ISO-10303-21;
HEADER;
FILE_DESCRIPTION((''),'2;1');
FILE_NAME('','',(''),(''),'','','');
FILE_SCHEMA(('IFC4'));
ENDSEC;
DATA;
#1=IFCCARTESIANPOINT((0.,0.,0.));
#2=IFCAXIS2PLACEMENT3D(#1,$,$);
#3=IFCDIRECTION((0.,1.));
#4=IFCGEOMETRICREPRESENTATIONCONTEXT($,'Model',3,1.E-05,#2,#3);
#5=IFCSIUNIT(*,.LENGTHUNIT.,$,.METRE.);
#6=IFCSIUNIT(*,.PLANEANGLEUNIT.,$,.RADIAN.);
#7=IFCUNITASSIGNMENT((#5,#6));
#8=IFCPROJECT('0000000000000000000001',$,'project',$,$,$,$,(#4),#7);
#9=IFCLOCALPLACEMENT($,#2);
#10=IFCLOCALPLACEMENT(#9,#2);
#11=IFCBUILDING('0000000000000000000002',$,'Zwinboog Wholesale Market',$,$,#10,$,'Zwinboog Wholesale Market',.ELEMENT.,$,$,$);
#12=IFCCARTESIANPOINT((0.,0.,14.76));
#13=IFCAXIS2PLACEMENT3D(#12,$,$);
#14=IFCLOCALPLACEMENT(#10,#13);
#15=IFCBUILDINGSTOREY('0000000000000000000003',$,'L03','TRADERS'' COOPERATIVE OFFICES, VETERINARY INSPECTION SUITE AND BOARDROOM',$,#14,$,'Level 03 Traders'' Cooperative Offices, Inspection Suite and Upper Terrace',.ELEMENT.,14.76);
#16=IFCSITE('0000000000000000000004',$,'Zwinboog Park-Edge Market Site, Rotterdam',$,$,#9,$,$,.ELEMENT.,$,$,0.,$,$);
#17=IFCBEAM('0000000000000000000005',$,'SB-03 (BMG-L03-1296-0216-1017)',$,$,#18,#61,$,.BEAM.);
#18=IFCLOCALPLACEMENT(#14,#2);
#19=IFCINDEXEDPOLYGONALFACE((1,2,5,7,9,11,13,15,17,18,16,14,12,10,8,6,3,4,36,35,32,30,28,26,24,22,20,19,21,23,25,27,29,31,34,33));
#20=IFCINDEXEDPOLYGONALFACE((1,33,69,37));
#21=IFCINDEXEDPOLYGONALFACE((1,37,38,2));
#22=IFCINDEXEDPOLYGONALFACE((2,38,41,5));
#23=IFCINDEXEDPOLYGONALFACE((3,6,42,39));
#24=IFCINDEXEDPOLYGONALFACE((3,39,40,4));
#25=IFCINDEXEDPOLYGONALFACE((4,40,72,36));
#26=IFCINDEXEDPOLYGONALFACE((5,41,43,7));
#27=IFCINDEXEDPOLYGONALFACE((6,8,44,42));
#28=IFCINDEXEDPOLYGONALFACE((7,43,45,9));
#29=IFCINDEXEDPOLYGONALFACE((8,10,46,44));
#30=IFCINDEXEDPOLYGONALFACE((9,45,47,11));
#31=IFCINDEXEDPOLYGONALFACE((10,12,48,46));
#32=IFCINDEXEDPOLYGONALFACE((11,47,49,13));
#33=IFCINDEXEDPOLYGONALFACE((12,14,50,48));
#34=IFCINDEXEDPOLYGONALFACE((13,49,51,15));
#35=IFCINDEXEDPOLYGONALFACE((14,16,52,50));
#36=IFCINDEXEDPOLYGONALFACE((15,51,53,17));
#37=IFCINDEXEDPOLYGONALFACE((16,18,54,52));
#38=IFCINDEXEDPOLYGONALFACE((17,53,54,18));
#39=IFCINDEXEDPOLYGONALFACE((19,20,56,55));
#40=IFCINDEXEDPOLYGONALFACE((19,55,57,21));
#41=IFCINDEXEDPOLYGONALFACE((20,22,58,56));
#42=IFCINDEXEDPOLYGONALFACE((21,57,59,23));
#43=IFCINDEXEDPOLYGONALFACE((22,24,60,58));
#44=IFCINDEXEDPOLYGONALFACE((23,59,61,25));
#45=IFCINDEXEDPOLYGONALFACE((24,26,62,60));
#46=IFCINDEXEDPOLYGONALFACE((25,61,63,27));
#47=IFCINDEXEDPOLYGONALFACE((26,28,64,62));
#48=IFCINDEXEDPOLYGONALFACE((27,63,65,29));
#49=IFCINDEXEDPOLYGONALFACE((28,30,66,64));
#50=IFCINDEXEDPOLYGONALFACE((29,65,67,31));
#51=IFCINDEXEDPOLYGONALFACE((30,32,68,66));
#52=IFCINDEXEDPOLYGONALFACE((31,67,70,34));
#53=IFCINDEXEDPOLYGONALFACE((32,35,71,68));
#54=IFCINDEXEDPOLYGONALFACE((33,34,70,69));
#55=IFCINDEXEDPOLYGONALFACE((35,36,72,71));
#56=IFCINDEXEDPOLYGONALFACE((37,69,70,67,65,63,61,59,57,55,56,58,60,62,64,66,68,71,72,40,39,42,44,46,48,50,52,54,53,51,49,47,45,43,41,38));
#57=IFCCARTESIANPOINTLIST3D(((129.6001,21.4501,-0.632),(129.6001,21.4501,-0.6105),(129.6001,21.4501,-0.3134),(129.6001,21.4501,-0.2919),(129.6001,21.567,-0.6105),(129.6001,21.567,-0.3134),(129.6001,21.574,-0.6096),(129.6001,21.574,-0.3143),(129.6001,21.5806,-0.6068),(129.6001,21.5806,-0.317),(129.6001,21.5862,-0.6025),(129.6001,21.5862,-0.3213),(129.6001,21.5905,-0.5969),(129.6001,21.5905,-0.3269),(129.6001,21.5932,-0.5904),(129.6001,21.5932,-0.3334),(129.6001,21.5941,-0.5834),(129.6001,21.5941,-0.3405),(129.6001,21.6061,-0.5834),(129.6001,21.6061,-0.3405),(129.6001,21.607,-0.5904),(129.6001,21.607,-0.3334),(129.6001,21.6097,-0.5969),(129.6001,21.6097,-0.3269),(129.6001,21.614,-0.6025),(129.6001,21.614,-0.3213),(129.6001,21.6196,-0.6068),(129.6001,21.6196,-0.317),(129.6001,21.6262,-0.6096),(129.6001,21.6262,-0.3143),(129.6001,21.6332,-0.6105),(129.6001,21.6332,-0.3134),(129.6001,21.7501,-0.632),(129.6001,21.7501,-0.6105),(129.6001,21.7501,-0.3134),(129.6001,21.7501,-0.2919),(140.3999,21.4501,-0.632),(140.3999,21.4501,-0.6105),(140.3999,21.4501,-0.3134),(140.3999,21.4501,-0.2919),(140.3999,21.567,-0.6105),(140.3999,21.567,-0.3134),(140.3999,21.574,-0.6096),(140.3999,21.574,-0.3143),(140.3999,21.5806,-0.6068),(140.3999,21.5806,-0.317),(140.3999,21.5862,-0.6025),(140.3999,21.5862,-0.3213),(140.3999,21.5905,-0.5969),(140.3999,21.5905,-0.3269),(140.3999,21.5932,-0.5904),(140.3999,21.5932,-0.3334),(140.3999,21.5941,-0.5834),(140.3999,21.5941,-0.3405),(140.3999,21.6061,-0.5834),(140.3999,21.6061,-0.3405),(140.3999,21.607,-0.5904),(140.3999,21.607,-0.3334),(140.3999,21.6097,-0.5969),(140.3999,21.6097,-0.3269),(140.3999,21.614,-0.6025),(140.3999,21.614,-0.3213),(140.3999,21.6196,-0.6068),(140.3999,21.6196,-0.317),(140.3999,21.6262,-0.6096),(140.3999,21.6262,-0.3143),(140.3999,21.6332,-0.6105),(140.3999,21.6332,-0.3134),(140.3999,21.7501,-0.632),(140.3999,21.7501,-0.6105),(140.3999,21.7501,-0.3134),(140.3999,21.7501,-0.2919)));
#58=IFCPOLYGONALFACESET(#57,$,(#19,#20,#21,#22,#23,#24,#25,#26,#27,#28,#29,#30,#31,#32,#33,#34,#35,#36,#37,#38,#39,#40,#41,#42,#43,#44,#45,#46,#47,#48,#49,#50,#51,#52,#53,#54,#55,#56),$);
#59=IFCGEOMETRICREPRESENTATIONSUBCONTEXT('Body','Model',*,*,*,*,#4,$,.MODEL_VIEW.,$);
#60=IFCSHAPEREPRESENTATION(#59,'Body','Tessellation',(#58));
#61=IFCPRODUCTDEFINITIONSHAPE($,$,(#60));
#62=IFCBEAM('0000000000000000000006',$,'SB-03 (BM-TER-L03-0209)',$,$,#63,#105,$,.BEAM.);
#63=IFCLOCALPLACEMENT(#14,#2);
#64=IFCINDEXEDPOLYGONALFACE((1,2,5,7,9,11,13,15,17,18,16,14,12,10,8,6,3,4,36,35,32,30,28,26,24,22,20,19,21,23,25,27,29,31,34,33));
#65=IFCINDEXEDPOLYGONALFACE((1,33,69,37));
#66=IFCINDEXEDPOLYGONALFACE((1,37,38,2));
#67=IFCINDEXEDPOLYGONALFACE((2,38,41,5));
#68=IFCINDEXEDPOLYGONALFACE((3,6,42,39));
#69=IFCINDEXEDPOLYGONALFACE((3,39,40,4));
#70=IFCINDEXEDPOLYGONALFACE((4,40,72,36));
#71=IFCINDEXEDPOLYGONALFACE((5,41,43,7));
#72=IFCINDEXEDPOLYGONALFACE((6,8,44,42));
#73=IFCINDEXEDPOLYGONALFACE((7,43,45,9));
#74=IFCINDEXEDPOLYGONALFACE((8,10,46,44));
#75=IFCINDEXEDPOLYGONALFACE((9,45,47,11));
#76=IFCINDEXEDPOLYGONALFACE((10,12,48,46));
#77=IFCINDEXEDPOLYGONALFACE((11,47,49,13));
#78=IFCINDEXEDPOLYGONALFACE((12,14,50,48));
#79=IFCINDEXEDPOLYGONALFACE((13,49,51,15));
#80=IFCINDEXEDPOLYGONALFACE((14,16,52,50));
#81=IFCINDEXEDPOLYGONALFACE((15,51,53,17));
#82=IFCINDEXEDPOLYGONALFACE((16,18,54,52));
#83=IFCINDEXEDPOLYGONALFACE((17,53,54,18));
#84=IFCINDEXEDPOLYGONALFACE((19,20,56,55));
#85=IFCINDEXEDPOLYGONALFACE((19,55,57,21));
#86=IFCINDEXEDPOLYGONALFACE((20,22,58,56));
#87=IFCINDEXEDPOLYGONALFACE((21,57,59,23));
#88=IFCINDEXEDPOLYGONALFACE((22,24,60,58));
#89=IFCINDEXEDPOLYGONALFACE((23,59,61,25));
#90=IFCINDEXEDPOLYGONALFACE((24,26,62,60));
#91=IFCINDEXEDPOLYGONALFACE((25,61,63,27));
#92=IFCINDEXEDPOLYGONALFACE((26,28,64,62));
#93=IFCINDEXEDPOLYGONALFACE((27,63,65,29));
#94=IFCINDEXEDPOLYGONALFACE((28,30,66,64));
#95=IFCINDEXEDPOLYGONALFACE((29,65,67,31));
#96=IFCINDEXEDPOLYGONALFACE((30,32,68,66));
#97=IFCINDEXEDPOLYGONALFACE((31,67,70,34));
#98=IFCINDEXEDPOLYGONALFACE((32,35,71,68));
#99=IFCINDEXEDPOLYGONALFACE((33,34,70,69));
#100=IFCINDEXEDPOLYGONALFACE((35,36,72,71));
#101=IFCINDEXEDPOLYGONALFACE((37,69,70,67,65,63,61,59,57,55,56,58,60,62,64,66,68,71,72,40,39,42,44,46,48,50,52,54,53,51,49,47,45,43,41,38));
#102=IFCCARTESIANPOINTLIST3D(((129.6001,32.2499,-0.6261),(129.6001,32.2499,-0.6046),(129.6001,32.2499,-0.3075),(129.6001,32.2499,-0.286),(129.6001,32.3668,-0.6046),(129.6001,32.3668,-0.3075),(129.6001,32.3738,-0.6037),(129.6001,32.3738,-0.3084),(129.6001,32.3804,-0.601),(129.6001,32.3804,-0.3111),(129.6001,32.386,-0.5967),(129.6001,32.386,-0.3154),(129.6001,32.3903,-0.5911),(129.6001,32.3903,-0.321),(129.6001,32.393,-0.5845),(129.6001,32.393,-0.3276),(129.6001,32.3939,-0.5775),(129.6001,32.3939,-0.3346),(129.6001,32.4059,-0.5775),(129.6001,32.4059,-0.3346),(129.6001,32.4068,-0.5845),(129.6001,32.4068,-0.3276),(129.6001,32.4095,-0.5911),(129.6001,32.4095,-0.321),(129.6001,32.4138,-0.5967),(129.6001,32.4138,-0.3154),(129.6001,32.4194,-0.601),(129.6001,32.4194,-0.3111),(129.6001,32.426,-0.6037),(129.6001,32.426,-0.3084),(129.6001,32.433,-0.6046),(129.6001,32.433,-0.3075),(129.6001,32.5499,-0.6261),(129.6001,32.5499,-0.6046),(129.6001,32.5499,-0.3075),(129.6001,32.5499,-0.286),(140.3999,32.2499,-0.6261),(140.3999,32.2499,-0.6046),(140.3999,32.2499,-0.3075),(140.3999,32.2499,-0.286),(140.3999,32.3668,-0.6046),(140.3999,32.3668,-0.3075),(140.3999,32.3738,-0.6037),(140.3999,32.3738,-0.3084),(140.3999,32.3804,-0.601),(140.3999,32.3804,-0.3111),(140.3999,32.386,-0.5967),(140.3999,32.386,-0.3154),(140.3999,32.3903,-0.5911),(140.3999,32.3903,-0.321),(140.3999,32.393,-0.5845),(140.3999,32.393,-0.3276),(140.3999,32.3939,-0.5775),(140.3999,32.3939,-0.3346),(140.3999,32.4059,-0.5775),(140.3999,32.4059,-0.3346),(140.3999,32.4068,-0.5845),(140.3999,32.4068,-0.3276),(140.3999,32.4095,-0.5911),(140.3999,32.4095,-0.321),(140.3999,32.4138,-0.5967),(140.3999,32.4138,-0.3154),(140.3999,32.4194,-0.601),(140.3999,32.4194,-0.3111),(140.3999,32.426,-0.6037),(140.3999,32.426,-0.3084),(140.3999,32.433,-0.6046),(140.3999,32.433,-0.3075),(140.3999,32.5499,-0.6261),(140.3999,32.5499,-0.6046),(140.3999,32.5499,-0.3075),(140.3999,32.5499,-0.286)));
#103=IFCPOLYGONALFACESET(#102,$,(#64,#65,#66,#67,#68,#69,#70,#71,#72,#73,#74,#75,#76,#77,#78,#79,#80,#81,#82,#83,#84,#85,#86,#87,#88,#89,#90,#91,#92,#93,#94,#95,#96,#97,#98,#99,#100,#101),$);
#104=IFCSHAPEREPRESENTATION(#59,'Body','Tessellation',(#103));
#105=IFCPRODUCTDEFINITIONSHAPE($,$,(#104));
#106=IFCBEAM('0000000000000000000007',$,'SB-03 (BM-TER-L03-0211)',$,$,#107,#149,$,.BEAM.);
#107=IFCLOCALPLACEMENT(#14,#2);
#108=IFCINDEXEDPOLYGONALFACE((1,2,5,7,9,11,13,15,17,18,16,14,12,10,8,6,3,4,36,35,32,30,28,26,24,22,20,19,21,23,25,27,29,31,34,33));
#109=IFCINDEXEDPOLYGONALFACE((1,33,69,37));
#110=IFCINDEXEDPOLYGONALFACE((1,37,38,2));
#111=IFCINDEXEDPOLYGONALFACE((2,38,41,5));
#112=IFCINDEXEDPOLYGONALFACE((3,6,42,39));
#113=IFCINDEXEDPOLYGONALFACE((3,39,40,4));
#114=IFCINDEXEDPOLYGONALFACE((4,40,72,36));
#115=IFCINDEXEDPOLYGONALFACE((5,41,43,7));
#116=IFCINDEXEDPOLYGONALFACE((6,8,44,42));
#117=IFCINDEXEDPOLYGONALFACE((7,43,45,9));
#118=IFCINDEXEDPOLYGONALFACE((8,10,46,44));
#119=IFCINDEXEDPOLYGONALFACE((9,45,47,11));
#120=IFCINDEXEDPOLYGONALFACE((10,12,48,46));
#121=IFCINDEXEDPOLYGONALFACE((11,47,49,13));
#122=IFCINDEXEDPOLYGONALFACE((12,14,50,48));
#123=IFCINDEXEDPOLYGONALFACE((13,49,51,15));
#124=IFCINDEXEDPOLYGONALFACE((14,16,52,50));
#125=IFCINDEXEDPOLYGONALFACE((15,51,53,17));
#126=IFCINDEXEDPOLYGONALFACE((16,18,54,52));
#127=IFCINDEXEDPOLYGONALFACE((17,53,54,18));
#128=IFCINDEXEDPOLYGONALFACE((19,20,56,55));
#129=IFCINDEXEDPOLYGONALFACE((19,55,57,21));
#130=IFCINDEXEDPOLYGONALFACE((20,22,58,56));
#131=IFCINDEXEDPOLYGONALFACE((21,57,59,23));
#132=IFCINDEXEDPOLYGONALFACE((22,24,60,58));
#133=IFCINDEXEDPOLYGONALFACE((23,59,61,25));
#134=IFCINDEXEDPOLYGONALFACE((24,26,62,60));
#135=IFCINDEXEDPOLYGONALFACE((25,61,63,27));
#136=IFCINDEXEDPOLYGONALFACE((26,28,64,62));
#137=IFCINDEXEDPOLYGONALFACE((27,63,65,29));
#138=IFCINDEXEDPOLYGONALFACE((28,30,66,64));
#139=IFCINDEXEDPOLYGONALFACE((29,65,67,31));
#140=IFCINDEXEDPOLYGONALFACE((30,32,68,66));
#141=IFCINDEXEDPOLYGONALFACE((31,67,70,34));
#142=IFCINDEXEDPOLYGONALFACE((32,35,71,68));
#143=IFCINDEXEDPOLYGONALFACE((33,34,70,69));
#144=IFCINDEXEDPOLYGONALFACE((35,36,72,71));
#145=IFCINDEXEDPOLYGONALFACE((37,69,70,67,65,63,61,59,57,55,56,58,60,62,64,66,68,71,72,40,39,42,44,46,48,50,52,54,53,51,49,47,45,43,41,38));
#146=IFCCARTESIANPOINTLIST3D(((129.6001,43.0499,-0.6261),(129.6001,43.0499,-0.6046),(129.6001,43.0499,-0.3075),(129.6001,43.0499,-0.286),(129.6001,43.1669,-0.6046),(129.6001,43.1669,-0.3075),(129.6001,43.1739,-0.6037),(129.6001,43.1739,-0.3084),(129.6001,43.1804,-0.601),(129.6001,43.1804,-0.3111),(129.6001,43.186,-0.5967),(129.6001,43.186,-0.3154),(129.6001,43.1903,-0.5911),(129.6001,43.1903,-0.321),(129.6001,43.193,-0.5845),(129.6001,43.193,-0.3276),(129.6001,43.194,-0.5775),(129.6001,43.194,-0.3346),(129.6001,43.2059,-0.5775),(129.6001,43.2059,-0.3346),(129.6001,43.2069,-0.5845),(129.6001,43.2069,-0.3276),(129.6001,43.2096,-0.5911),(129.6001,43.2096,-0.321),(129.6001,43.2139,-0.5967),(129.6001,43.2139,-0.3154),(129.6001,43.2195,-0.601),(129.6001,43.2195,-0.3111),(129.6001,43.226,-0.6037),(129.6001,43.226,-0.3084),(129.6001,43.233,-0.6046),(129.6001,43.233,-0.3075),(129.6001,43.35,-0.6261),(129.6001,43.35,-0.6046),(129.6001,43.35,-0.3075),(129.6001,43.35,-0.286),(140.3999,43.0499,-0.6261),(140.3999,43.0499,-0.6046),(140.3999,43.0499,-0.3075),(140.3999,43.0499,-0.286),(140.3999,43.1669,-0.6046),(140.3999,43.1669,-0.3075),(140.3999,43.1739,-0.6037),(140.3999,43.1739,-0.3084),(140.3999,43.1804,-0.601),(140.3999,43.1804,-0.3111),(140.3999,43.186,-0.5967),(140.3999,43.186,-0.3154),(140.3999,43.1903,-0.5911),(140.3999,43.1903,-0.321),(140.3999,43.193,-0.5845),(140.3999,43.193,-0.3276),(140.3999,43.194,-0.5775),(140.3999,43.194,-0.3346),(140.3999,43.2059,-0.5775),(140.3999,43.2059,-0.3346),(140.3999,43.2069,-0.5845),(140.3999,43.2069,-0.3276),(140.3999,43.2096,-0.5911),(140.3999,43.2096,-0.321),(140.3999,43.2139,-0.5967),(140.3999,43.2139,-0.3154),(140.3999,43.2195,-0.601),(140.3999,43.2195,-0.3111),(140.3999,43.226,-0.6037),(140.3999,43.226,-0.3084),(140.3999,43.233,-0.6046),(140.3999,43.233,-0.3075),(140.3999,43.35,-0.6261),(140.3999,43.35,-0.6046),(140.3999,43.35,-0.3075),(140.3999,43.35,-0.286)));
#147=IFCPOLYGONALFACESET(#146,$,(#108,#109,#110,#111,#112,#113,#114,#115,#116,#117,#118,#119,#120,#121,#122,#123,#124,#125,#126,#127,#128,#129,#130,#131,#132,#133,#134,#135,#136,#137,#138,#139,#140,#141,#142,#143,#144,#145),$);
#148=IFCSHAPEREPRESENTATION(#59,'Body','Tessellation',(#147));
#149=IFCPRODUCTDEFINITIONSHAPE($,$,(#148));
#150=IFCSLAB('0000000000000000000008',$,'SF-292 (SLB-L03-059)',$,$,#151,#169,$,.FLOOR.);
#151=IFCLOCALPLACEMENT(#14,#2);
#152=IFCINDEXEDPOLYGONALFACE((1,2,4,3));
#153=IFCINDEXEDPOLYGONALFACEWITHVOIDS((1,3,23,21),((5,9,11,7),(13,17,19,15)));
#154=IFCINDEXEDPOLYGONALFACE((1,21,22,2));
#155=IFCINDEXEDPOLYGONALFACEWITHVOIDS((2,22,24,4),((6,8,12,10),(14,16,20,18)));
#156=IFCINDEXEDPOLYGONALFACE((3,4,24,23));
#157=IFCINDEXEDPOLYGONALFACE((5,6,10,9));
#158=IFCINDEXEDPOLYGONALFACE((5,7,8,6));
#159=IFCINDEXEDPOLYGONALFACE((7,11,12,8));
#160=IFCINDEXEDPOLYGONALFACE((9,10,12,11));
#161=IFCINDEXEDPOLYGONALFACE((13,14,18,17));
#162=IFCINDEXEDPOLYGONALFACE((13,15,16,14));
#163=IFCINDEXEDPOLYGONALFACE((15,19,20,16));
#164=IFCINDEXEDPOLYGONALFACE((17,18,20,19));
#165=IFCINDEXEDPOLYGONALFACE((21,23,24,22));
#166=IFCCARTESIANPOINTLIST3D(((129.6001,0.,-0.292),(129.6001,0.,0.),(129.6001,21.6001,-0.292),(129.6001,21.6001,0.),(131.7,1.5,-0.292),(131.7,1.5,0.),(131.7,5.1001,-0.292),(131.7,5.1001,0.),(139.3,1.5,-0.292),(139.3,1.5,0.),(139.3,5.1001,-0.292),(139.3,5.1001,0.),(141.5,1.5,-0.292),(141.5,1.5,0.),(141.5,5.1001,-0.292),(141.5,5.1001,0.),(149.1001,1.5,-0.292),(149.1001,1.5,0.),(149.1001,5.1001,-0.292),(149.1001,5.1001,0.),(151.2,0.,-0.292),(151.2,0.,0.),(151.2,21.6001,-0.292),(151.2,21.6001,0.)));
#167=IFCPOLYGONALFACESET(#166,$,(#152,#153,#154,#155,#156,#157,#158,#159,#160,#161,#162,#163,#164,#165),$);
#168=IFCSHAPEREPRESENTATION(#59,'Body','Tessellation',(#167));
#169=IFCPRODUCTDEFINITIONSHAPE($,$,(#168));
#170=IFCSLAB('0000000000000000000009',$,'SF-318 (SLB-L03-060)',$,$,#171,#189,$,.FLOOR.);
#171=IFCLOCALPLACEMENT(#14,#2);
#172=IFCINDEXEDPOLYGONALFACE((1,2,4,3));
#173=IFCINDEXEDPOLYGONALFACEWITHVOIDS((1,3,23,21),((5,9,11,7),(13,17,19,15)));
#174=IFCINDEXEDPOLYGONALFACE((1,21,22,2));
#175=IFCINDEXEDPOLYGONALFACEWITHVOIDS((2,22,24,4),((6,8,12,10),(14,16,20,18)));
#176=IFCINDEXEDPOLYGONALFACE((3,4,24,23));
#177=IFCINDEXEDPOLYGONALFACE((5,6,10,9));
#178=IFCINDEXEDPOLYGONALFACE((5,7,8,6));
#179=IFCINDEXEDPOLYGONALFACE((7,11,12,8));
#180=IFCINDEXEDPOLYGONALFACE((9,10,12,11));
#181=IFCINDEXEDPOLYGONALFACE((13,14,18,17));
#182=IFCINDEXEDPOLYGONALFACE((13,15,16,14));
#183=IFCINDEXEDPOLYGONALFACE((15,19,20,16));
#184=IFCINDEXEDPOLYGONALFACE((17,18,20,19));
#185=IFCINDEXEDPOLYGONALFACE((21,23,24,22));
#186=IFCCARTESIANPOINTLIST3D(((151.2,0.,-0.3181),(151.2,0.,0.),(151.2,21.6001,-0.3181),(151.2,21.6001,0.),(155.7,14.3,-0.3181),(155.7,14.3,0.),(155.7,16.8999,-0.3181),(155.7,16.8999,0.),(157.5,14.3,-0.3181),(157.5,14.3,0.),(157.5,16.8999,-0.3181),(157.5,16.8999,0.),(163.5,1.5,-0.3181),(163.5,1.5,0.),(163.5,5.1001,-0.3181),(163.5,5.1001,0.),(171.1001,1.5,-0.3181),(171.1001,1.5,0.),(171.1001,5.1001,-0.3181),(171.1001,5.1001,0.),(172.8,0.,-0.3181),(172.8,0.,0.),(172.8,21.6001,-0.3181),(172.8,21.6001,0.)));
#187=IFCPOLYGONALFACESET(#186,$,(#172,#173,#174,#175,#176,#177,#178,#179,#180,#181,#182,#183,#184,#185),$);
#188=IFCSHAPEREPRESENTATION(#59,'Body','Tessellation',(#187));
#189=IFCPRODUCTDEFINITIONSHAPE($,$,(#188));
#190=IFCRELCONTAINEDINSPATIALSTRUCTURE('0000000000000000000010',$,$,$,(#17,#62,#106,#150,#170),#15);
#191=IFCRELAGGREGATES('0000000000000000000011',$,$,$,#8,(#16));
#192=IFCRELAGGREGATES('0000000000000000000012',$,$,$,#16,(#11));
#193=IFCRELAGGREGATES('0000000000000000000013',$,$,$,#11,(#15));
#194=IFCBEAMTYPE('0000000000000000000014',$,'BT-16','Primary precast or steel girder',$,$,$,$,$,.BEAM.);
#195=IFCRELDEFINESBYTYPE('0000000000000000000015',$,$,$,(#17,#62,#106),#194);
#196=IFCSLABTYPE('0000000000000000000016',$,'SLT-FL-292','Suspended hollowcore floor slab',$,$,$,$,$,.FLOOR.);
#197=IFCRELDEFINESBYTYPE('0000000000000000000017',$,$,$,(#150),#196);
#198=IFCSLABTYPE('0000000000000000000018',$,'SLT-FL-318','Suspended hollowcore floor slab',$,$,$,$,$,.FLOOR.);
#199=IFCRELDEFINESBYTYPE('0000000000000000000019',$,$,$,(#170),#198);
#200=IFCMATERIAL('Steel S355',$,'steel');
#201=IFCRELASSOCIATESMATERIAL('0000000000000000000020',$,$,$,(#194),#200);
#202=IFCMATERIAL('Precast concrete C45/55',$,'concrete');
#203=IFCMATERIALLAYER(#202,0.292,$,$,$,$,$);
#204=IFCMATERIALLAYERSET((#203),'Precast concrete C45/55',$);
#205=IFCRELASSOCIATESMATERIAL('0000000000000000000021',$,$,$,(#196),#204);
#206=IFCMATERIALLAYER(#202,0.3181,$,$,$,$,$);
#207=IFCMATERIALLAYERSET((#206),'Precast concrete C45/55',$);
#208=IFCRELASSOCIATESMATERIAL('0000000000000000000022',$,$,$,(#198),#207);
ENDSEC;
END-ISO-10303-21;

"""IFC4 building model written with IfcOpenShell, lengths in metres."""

from ifc_helpers import new_model, si_unit, direction, frame, origin, origin_2d, place, context, subcontext, project, spatial, polyline, i_section, outline, extrude, material, layer, layer_set, material_profile, profile_set, type_object, element, save


model = new_model("IFC4")

# Units and contexts
model_context = context("Model", 3, precision=1e-05, world=origin(), true_north=direction((0.0, 1.0)))
body_context = subcontext(model_context, "Body", "Model", "MODEL_VIEW")
ifc_project = project(units=[si_unit("LENGTHUNIT", "METRE"), si_unit("PLANEANGLEUNIT", "RADIAN")], contexts=[model_context])

# Site, building, storey
site_placement = place(None, origin())
site = spatial("IfcSite", under=ifc_project, at=site_placement, Name="Zwinboog Park-Edge Market Site, Rotterdam", CompositionType="ELEMENT", RefElevation=0.0)
building_placement = place(site_placement, origin())
building = spatial("IfcBuilding", under=site, at=building_placement, Name="Zwinboog Wholesale Market", LongName="Zwinboog Wholesale Market", CompositionType="ELEMENT")
storey_placement = place(building_placement, frame((0.0, 0.0, 14.76)))
storey = spatial("IfcBuildingStorey", under=building, at=storey_placement, Name="L03", Description="TRADERS' COOPERATIVE OFFICES, VETERINARY INSPECTION SUITE AND BOARDROOM", LongName="Level 03 Traders' Cooperative Offices, Inspection Suite and Upper Terrace", CompositionType="ELEMENT", Elevation=14.76)

# Shared definitions
ifc_material_1 = material(Name="Precast concrete C45/55", Category="concrete")

# Beams
ifc_material_2 = material(Name="Steel S355", Category="steel")
ifc_material_profile_1 = material_profile(ifc_material_2, i_section(OverallWidth=0.3, OverallDepth=0.3401, WebThickness=0.012, FlangeThickness=0.0215, FilletRadius=0.0271, at=origin_2d()), Name="HEB 340")
ifc_profile_set_1 = profile_set([ifc_material_profile_1], Name="Steel S355")
beam_type_1 = type_object("IfcBeamType", Name="BT-16", Description="Primary precast or steel girder", PredefinedType="BEAM", material=ifc_profile_set_1)
for number, where, z_axis, x_axis, name in (
    (1, (129.6001, 21.6001, -0.4619), (1.0, 0.0, 0.0), (0.0, 1.0, 0.0), "SB-03 (BMG-L03-1296-0216-1017)"),
    (2, (129.6001, 32.3999, -0.4561), (1.0, 0.0, 0.0), (0.0, 1.0, 0.0), "SB-03 (BM-TER-L03-0209)"),
    (3, (129.6001, 43.2, -0.4561), (1.0, 0.0, 0.0), (0.0, 1.0, 0.0), "SB-03 (BM-TER-L03-0211)"),
):
    element("IfcBeam", number, at=place(storey_placement, frame(where, z_axis=z_axis, x_axis=x_axis)), inside=storey, type_object=beam_type_1, Name=name, PredefinedType="BEAM", context=body_context, shape_type="SweptSolid", body=[
        extrude(i_section(OverallWidth=0.3, OverallDepth=0.3401, WebThickness=0.012, FlangeThickness=0.0215, FilletRadius=0.0271, at=origin_2d()), origin(), (0.0, 0.0, 1.0), 10.7998),
    ])

# Slabs
ifc_layer_1 = layer(ifc_material_1, 0.292)
ifc_layer_set_1 = layer_set([ifc_layer_1], Name="Precast concrete C45/55")
slab_type_1 = type_object("IfcSlabType", Name="SLT-FL-292", Description="Suspended hollowcore floor slab", PredefinedType="FLOOR", material=ifc_layer_set_1)
slab_1_placement = place(storey_placement, frame((0.0, 0.0, -0.292)))
element("IfcSlab", 4, at=slab_1_placement, inside=storey, type_object=slab_type_1, Name="SF-292 (SLB-L03-059)", PredefinedType="FLOOR", context=body_context, shape_type="SweptSolid", body=[
    extrude(outline(polyline([(129.6001, 0.0), (151.2, 0.0), (151.2, 21.6001), (129.6001, 21.6001), (129.6001, 0.0)]), holes=[polyline([(131.7, 1.5), (139.3, 1.5), (139.3, 5.1001), (131.7, 5.1001), (131.7, 1.5)]), polyline([(141.5, 1.5), (149.1001, 1.5), (149.1001, 5.1001), (141.5, 5.1001), (141.5, 1.5)])]), origin(), (0.0, 0.0, 1.0), 0.292),
])
ifc_layer_2 = layer(ifc_material_1, 0.3181)
ifc_layer_set_2 = layer_set([ifc_layer_2], Name="Precast concrete C45/55")
slab_type_2 = type_object("IfcSlabType", Name="SLT-FL-318", Description="Suspended hollowcore floor slab", PredefinedType="FLOOR", material=ifc_layer_set_2)
slab_2_placement = place(storey_placement, frame((0.0, 0.0, -0.3181)))
element("IfcSlab", 5, at=slab_2_placement, inside=storey, type_object=slab_type_2, Name="SF-318 (SLB-L03-060)", PredefinedType="FLOOR", context=body_context, shape_type="SweptSolid", body=[
    extrude(outline(polyline([(151.2, 0.0), (172.8, 0.0), (172.8, 21.6001), (151.2, 21.6001), (151.2, 0.0)]), holes=[polyline([(163.5, 1.5), (171.1001, 1.5), (171.1001, 5.1001), (163.5, 5.1001), (163.5, 1.5)]), polyline([(155.7, 14.3), (157.5, 14.3), (157.5, 16.8999), (155.7, 16.8999), (155.7, 14.3)])]), origin(), (0.0, 0.0, 1.0), 0.3181),
])

save(model, "model.ifc")
